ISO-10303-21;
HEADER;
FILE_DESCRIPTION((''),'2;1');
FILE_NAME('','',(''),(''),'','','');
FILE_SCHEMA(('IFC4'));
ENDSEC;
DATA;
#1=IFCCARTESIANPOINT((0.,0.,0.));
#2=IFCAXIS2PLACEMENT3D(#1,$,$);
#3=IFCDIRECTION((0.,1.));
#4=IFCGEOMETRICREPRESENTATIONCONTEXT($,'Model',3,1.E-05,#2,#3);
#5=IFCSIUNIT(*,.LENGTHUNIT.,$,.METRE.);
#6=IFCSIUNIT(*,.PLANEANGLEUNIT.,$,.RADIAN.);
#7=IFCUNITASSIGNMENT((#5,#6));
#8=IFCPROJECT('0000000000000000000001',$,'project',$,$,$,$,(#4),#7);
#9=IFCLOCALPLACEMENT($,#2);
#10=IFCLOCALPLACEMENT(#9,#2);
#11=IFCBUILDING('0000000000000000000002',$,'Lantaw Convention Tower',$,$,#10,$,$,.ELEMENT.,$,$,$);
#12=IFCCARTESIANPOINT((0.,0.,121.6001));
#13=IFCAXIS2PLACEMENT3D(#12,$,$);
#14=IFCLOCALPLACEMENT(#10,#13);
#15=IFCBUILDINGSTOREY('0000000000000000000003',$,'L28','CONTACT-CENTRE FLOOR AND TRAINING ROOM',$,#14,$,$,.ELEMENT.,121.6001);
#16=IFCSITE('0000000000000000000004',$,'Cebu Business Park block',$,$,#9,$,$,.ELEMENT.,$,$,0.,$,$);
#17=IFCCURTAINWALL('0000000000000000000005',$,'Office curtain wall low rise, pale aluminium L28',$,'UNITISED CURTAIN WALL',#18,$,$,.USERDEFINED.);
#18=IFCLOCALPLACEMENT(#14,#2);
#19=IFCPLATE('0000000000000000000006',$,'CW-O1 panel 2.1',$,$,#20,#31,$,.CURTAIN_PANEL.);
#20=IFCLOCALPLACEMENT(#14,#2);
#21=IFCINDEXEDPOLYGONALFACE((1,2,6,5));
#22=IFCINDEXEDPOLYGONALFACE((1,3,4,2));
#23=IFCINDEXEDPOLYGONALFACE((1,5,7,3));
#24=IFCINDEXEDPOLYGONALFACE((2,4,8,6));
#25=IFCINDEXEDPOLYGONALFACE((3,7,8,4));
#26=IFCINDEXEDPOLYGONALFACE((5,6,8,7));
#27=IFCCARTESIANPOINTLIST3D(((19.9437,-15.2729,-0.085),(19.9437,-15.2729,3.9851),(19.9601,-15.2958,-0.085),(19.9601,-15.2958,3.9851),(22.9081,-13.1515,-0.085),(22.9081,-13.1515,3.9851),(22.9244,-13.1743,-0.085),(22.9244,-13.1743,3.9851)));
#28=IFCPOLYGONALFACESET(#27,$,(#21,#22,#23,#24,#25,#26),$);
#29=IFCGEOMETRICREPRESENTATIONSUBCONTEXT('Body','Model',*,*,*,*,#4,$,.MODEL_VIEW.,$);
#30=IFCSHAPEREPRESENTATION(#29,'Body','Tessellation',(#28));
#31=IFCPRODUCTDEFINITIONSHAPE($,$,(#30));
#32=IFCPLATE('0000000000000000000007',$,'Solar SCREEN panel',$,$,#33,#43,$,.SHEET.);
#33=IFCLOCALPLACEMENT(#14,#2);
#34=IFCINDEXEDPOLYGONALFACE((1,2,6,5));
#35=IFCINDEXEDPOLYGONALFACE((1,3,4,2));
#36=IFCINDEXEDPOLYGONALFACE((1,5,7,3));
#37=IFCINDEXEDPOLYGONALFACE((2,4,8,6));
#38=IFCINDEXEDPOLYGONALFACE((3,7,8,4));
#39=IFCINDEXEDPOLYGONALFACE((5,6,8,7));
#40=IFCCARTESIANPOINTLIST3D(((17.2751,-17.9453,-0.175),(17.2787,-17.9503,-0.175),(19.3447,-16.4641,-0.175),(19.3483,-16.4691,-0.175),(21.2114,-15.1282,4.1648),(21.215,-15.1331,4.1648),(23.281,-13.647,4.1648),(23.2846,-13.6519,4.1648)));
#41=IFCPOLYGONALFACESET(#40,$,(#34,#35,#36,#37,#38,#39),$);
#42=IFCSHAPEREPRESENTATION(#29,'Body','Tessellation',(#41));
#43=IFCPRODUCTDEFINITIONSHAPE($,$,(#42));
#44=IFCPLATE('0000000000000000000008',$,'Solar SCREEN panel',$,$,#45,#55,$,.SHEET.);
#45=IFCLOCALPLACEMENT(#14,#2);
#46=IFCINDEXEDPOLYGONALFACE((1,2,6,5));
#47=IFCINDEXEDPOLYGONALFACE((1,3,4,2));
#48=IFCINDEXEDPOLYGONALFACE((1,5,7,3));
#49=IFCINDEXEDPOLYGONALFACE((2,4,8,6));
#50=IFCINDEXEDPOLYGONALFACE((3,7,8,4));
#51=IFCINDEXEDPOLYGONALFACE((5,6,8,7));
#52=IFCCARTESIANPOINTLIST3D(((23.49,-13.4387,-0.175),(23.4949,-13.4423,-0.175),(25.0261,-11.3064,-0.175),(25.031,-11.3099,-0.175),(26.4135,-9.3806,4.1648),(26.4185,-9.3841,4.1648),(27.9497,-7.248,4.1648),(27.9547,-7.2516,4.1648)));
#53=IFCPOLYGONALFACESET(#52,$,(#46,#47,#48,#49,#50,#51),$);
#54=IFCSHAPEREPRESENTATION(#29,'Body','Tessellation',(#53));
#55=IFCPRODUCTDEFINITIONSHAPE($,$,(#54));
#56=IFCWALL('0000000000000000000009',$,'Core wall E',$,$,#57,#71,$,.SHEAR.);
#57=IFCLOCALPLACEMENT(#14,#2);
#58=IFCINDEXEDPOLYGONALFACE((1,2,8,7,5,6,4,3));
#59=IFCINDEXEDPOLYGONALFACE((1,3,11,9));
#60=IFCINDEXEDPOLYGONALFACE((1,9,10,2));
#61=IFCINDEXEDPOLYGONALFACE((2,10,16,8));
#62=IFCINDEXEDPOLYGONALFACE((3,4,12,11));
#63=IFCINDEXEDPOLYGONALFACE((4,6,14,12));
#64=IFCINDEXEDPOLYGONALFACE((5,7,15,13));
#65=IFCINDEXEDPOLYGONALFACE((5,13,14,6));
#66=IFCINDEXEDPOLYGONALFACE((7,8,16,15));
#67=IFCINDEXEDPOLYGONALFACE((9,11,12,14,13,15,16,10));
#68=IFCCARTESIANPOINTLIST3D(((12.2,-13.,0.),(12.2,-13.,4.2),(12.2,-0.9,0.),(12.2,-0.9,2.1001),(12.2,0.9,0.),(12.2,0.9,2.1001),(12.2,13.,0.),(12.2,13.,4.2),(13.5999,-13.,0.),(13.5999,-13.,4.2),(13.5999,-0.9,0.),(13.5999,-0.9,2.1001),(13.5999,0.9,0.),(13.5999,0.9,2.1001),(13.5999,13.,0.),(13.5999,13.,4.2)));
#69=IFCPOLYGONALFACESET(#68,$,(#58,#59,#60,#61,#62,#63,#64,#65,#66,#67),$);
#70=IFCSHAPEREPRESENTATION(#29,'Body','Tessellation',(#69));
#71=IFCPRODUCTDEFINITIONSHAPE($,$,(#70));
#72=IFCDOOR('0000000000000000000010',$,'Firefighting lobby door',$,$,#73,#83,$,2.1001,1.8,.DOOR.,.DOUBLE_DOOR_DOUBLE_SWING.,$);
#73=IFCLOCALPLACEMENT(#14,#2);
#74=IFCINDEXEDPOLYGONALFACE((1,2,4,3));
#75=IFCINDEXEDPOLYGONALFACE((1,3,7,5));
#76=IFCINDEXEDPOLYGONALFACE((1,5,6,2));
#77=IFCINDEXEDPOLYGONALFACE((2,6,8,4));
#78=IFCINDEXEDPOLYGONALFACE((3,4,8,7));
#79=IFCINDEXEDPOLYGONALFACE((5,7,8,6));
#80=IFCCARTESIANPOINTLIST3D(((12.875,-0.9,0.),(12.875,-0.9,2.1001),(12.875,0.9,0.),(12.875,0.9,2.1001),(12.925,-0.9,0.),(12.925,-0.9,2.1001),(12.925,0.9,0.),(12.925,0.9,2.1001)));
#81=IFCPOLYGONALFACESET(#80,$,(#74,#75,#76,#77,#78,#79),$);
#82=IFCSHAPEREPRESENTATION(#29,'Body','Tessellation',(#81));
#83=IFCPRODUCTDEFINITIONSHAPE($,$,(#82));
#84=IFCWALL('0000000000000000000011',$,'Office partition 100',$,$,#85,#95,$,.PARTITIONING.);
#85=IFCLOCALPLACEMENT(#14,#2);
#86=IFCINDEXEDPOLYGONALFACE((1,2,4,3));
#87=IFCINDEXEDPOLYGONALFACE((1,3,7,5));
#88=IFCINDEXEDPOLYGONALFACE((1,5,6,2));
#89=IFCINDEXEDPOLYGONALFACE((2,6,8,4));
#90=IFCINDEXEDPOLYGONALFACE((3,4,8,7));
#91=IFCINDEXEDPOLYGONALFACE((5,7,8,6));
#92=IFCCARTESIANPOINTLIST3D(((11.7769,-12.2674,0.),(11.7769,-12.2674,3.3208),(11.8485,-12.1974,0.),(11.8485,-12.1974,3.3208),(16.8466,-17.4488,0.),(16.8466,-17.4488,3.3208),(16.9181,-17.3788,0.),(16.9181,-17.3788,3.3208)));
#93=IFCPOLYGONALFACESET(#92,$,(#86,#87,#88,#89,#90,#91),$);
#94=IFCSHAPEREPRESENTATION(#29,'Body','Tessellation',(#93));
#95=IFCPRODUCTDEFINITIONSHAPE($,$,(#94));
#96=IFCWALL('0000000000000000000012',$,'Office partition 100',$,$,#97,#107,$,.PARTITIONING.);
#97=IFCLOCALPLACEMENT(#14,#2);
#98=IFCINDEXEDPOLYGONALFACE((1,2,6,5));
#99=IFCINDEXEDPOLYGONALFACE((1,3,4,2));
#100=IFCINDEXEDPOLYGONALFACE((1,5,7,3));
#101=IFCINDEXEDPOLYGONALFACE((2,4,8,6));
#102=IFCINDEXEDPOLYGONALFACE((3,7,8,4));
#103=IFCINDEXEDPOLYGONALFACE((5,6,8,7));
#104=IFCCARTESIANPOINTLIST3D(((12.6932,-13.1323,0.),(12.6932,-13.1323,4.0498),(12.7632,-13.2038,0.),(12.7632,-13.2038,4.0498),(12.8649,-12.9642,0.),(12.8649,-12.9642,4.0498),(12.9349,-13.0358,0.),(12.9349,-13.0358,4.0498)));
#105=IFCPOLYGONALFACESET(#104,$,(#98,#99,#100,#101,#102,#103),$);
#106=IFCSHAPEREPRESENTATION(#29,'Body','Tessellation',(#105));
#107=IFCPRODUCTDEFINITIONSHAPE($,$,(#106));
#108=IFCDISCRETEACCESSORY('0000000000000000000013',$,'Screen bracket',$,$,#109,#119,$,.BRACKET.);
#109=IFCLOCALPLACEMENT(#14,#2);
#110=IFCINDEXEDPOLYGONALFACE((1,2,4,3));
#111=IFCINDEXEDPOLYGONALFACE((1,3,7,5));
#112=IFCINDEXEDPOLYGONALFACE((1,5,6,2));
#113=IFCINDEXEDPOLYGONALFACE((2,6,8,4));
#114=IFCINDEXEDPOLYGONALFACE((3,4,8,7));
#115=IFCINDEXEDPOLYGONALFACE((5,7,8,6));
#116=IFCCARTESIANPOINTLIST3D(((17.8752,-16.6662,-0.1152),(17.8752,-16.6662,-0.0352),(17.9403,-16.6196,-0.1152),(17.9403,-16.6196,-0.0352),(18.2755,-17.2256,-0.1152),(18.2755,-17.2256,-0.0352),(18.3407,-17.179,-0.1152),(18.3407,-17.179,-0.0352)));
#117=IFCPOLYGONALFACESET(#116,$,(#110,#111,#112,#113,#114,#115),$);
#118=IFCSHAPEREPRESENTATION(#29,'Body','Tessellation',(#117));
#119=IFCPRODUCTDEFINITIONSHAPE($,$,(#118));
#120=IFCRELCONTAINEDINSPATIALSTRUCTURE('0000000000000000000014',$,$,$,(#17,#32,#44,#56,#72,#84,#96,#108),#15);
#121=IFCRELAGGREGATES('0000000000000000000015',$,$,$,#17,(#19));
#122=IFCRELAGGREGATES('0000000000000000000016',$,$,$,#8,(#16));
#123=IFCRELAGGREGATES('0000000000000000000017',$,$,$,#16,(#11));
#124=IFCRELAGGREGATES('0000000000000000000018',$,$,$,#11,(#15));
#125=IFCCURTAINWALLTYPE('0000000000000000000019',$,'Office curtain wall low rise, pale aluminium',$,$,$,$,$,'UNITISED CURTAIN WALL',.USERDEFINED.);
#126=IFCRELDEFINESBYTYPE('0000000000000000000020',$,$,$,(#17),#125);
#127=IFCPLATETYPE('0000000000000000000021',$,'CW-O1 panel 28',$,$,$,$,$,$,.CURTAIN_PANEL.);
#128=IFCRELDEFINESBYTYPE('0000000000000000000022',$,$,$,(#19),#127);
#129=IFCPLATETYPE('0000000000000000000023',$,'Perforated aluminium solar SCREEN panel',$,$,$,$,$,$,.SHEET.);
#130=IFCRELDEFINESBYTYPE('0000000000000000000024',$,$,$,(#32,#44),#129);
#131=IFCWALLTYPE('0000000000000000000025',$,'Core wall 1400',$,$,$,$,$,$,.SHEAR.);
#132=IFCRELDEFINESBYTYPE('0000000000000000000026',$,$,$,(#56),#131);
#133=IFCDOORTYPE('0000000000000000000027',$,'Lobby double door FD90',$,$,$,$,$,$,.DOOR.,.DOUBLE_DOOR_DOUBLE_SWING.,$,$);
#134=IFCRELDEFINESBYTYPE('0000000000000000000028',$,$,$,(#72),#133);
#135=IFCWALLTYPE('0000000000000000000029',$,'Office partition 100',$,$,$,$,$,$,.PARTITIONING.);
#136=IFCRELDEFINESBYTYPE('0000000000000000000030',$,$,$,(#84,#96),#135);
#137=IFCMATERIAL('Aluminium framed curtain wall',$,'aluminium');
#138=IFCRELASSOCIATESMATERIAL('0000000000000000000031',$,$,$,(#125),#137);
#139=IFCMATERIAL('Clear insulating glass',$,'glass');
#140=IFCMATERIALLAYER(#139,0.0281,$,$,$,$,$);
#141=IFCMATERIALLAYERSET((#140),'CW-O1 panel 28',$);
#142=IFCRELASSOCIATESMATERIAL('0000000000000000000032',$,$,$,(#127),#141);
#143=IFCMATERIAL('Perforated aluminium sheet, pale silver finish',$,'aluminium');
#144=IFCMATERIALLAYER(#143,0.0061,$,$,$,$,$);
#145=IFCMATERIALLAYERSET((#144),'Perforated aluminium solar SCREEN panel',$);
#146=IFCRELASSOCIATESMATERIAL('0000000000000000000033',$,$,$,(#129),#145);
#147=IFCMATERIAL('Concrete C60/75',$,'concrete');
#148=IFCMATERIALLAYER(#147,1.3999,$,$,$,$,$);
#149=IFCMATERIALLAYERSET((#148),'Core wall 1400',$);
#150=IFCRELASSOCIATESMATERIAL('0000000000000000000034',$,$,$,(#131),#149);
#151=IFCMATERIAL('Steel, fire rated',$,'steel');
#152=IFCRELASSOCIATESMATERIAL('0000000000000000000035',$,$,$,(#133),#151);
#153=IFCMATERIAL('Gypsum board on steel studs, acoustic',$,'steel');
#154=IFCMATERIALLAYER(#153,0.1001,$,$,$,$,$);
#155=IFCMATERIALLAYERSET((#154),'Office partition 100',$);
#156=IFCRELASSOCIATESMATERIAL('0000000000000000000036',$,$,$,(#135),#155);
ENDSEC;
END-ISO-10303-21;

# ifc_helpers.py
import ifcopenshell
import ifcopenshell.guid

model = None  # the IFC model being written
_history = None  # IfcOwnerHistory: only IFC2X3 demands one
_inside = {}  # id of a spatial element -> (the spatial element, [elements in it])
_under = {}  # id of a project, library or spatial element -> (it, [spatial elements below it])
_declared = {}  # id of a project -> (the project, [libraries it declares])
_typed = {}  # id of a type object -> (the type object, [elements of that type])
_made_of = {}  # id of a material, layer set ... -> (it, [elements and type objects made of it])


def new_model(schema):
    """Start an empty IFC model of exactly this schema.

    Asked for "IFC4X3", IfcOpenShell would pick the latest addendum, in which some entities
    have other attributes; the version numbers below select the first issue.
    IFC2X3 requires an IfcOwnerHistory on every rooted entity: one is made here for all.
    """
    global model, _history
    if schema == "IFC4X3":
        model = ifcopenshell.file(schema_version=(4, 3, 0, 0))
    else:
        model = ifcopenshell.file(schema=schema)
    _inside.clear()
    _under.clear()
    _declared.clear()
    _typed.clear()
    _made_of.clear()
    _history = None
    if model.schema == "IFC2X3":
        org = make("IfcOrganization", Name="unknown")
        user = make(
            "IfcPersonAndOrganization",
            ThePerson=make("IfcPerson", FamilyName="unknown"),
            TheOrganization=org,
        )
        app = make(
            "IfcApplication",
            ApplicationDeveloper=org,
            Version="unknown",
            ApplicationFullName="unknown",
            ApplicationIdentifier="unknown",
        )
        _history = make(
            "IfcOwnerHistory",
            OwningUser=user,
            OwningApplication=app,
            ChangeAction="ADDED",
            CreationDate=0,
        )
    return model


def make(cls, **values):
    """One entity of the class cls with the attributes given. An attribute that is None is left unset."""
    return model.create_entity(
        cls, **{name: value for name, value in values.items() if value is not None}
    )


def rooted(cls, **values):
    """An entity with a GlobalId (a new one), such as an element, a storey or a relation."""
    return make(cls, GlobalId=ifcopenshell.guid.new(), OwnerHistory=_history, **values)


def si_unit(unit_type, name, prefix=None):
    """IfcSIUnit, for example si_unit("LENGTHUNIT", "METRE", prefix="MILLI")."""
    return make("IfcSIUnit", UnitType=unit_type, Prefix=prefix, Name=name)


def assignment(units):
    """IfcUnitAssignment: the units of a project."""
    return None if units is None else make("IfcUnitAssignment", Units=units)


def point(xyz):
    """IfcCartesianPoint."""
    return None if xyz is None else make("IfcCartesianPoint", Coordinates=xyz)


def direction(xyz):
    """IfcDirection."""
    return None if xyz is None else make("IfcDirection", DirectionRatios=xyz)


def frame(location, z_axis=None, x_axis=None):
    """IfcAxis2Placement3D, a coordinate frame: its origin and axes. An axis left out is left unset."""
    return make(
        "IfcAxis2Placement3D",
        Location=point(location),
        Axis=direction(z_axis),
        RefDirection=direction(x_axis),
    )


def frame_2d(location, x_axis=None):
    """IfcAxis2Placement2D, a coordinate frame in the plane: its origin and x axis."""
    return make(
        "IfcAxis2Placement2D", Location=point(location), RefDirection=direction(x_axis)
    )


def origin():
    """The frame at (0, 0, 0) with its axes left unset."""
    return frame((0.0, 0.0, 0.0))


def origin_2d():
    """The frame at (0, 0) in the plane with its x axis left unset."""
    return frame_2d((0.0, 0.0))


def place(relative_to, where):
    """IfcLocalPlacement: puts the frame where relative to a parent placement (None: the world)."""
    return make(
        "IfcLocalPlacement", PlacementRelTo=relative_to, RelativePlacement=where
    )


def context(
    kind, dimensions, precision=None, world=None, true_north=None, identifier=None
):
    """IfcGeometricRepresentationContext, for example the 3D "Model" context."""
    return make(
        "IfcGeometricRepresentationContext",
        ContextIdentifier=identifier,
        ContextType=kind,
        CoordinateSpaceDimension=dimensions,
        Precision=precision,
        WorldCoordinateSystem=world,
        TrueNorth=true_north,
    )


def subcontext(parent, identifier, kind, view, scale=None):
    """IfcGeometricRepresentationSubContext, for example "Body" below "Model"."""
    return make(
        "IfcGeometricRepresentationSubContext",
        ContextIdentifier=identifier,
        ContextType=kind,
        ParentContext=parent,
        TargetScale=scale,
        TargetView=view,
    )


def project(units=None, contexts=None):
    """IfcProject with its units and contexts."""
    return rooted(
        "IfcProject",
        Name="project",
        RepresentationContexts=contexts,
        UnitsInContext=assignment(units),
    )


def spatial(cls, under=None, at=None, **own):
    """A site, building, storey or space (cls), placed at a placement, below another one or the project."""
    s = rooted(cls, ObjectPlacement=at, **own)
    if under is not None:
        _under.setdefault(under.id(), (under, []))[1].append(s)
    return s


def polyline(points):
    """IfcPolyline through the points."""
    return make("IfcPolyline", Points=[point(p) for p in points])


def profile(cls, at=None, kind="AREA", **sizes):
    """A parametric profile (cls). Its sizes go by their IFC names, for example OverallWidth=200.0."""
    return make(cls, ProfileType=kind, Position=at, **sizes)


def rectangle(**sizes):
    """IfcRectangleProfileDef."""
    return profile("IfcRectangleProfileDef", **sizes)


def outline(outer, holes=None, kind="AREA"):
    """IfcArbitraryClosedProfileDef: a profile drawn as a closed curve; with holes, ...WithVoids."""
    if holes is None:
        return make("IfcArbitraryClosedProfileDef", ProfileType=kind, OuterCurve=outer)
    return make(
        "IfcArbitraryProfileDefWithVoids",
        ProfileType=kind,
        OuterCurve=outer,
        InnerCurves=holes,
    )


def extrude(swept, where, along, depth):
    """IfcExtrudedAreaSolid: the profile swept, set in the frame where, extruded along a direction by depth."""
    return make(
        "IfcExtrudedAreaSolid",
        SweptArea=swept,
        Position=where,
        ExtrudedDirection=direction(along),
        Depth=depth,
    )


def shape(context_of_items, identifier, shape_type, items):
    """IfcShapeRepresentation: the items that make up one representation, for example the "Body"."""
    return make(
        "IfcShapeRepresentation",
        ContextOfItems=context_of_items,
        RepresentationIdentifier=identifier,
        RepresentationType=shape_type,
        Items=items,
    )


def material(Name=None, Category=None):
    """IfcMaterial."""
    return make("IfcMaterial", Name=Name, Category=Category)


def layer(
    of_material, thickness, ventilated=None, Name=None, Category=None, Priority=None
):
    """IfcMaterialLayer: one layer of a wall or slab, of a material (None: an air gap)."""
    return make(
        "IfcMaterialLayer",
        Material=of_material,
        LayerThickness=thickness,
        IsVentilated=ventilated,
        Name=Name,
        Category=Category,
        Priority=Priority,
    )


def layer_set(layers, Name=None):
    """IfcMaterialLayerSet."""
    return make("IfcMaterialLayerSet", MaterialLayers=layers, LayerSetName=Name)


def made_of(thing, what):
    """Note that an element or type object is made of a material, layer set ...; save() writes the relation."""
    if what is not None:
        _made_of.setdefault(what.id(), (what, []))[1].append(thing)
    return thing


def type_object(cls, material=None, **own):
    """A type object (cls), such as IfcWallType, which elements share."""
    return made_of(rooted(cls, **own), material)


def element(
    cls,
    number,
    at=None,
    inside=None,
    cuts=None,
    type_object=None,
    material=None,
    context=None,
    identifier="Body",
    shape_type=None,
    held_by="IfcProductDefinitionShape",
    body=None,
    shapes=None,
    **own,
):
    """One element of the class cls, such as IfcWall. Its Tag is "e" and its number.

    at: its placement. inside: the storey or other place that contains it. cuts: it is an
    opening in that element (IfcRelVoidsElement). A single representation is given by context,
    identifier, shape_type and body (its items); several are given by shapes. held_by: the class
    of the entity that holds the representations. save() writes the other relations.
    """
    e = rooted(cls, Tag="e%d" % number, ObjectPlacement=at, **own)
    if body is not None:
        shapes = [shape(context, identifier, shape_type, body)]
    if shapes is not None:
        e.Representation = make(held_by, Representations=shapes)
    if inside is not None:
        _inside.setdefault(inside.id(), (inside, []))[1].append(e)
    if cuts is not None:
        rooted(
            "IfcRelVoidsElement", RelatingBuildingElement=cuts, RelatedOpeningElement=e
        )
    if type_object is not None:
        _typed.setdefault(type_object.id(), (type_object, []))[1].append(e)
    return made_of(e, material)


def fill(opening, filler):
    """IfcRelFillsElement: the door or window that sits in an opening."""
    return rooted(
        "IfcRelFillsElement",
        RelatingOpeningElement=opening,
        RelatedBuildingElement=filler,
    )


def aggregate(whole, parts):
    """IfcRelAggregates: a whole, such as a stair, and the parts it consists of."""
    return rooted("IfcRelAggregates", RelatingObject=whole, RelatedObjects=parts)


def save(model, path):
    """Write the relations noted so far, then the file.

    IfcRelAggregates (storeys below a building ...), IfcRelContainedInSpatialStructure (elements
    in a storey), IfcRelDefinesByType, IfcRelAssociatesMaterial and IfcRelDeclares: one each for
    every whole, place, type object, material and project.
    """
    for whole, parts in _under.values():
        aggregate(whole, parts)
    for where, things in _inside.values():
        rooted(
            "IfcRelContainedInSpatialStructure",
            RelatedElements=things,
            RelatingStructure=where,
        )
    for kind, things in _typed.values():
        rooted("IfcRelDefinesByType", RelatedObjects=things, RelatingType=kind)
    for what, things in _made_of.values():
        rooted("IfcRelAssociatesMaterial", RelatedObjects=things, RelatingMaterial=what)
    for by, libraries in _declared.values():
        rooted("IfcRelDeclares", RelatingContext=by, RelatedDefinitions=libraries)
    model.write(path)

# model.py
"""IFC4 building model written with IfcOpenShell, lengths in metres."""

from ifc_helpers import new_model, si_unit, direction, frame, frame_2d, origin, origin_2d, place, context, subcontext, project, spatial, polyline, rectangle, outline, extrude, material, layer, layer_set, type_object, element, fill, aggregate, save


model = new_model("IFC4")

# Units and contexts
model_context = context("Model", 3, precision=1e-05, world=origin(), true_north=direction((0.0, 1.0)))
body_context = subcontext(model_context, "Body", "Model", "MODEL_VIEW")
ifc_project = project(units=[si_unit("LENGTHUNIT", "METRE"), si_unit("PLANEANGLEUNIT", "RADIAN")], contexts=[model_context])

# Site, building, storey
site_placement = place(None, origin())
site = spatial("IfcSite", under=ifc_project, at=site_placement, Name="Cebu Business Park block", CompositionType="ELEMENT", RefElevation=0.0)
building_placement = place(site_placement, origin())
building = spatial("IfcBuilding", under=site, at=building_placement, Name="Lantaw Convention Tower", CompositionType="ELEMENT")
storey_placement = place(building_placement, frame((0.0, 0.0, 121.6001)))
storey = spatial("IfcBuildingStorey", under=building, at=storey_placement, Name="L28", Description="CONTACT-CENTRE FLOOR AND TRAINING ROOM", CompositionType="ELEMENT", Elevation=121.6001)

# Shared definitions
ifc_material_1 = material(Name="Concrete C60/75", Category="concrete")

# Curtain wall
ifc_material_2 = material(Name="Aluminium framed curtain wall", Category="aluminium")
curtain_wall_type = type_object("IfcCurtainWallType", Name="Office curtain wall low rise, pale aluminium", ElementType="UNITISED CURTAIN WALL", PredefinedType="USERDEFINED", material=ifc_material_2)
curtain_wall_1_placement = place(storey_placement, origin())
curtain_wall_1 = element("IfcCurtainWall", 1, at=curtain_wall_1_placement, inside=storey, type_object=curtain_wall_type, Name="Office curtain wall low rise, pale aluminium L28", ObjectType="UNITISED CURTAIN WALL", PredefinedType="USERDEFINED")

# Plate
ifc_material_3 = material(Name="Clear insulating glass", Category="glass")
ifc_layer_1 = layer(ifc_material_3, 0.0281)
ifc_layer_set_1 = layer_set([ifc_layer_1], Name="CW-O1 panel 28")
plate_type_1 = type_object("IfcPlateType", Name="CW-O1 panel 28", PredefinedType="CURTAIN_PANEL", material=ifc_layer_set_1)
plate_1_placement = place(storey_placement, frame((21.4341, -14.2236, -0.085), z_axis=(0.0, 0.0, 1.0), x_axis=(0.813208, 0.581973, 0.0)))
plate_1 = element("IfcPlate", 2, at=plate_1_placement, type_object=plate_type_1, Name="CW-O1 panel 2.1", PredefinedType="CURTAIN_PANEL", context=body_context, shape_type="SweptSolid", body=[
    extrude(rectangle(XDim=3.6453, YDim=0.0281, at=origin_2d()), origin(), (0.0, 0.0, 1.0), 4.0701),
])
aggregate(curtain_wall_1, [plate_1])

# Plates
ifc_material_4 = material(Name="Perforated aluminium sheet, pale silver finish", Category="aluminium")
ifc_layer_2 = layer(ifc_material_4, 0.0061)
ifc_layer_set_2 = layer_set([ifc_layer_2], Name="Perforated aluminium solar SCREEN panel")
plate_type_2 = type_object("IfcPlateType", Name="Perforated aluminium solar SCREEN panel", PredefinedType="SHEET", material=ifc_layer_set_2)
plate_2_placement = place(storey_placement, frame((17.2751, -17.9453, -0.175), z_axis=(-0.582, 0.813189, 0.000012), x_axis=(0.813189, 0.582, 0.0)))
element("IfcPlate", 3, at=plate_2_placement, inside=storey, type_object=plate_type_2, Name="Solar SCREEN panel", PredefinedType="SHEET", context=body_context, shape_type="SweptSolid", body=[
    extrude(outline(polyline([(0.0, 0.0), (2.545, 0.0), (7.3855, -4.3398), (4.8405, -4.3398), (0.0, 0.0)])), origin(), (0.0, 0.0, -1.0), 0.0061),
])
plate_3_placement = place(storey_placement, frame((23.49, -13.4387, -0.175), z_axis=(-0.811395, 0.584498, 0.000036), x_axis=(0.584498, 0.811395, 0.0)))
element("IfcPlate", 4, at=plate_3_placement, inside=storey, type_object=plate_type_2, Name="Solar SCREEN panel", PredefinedType="SHEET", context=body_context, shape_type="SweptSolid", body=[
    extrude(outline(polyline([(0.0, 0.0), (2.628, 0.0), (7.6298, -4.3398), (5.0016, -4.3398), (0.0, 0.0)])), origin(), (0.0, 0.0, -1.0), 0.0061),
])

# Wall, opening, door
ifc_layer_3 = layer(ifc_material_1, 1.3999)
ifc_layer_set_3 = layer_set([ifc_layer_3], Name="Core wall 1400")
wall_type_1 = type_object("IfcWallType", Name="Core wall 1400", PredefinedType="SHEAR", material=ifc_layer_set_3)
wall_1_placement = place(storey_placement, frame((12.8999, -13.0, 0.0), z_axis=(0.0, 0.0, 1.0), x_axis=(0.0, 1.0, 0.0)))
wall_1 = element("IfcWall", 5, at=wall_1_placement, inside=storey, type_object=wall_type_1, Name="Core wall E", PredefinedType="SHEAR", context=body_context, shape_type="SweptSolid", body=[
    extrude(rectangle(XDim=26.0, YDim=1.3999, at=frame_2d((13.0, 0.0))), origin(), (0.0, 0.0, 1.0), 4.2),
])
opening_placement = place(wall_1_placement, frame((12.1001, 0.0, 0.0)))
opening = element("IfcOpeningElement", 6, at=opening_placement, cuts=wall_1, PredefinedType="OPENING", context=body_context, shape_type="SweptSolid", body=[
    extrude(rectangle(XDim=1.8, YDim=2.1001, at=frame_2d((0.8999, 1.05))), frame((0.0, 0.71, 0.0), z_axis=(0.0, -1.0, 0.0), x_axis=(1.0, 0.0, 0.0)), (0.0, 0.0, 1.0), 1.4199),
])
ifc_material_5 = material(Name="Steel, fire rated", Category="steel")
door_type = type_object("IfcDoorType", Name="Lobby double door FD90", OperationType="DOUBLE_DOOR_DOUBLE_SWING", PredefinedType="DOOR", material=ifc_material_5)
door_placement = place(opening_placement, origin())
door = element("IfcDoor", 7, at=door_placement, inside=storey, type_object=door_type, Name="Firefighting lobby door", OperationType="DOUBLE_DOOR_DOUBLE_SWING", OverallHeight=2.1001, OverallWidth=1.8, PredefinedType="DOOR", context=body_context, shape_type="SweptSolid", body=[
    extrude(rectangle(XDim=1.8, YDim=2.1001, at=frame_2d((0.8999, 1.05))), frame((0.0, 0.0249, 0.0), z_axis=(0.0, -1.0, 0.0), x_axis=(1.0, 0.0, 0.0)), (0.0, 0.0, 1.0), 0.05),
])
fill(opening, door)

# Walls
ifc_material_6 = material(Name="Gypsum board on steel studs, acoustic", Category="steel")
ifc_layer_4 = layer(ifc_material_6, 0.1001)
ifc_layer_set_4 = layer_set([ifc_layer_4], Name="Office partition 100")
wall_type_2 = type_object("IfcWallType", Name="Office partition 100", PredefinedType="PARTITIONING", material=ifc_layer_set_4)
wall_2_placement = place(storey_placement, frame((16.8823, -17.4138, 0.0), z_axis=(0.0, 0.0, 1.0), x_axis=(-0.699352, 0.714777, 0.0)))
element("IfcWall", 8, at=wall_2_placement, inside=storey, type_object=wall_type_2, Name="Office partition 100", PredefinedType="PARTITIONING", context=body_context, shape_type="SweptSolid", body=[
    extrude(rectangle(XDim=7.249, YDim=0.1001, at=frame_2d((3.6245, 0.0))), origin(), (0.0, 0.0, 1.0), 3.3208),
])
wall_3_placement = place(storey_placement, frame((12.8999, -13.0, 0.0), z_axis=(0.0, 0.0, 1.0), x_axis=(-0.71469, -0.699441, 0.0)))
element("IfcWall", 9, at=wall_3_placement, inside=storey, type_object=wall_type_2, Name="Office partition 100", PredefinedType="PARTITIONING", context=body_context, shape_type="SweptSolid", body=[
    extrude(rectangle(XDim=0.2402, YDim=0.1001, at=frame_2d((0.1201, 0.0))), origin(), (0.0, 0.0, 1.0), 4.0498),
])

# Discrete accessory
discrete_accessory_placement = place(storey_placement, frame((18.1079, -16.9226, -0.1152), z_axis=(0.0, 0.0, 1.0), x_axis=(0.813208, 0.581973, 0.0)))
element("IfcDiscreteAccessory", 10, at=discrete_accessory_placement, inside=storey, Name="Screen bracket", PredefinedType="BRACKET", context=body_context, shape_type="SweptSolid", body=[
    extrude(rectangle(XDim=0.0801, YDim=0.688, at=origin_2d()), origin(), (0.0, 0.0, 1.0), 0.0801),
])

save(model, "model.ifc")
